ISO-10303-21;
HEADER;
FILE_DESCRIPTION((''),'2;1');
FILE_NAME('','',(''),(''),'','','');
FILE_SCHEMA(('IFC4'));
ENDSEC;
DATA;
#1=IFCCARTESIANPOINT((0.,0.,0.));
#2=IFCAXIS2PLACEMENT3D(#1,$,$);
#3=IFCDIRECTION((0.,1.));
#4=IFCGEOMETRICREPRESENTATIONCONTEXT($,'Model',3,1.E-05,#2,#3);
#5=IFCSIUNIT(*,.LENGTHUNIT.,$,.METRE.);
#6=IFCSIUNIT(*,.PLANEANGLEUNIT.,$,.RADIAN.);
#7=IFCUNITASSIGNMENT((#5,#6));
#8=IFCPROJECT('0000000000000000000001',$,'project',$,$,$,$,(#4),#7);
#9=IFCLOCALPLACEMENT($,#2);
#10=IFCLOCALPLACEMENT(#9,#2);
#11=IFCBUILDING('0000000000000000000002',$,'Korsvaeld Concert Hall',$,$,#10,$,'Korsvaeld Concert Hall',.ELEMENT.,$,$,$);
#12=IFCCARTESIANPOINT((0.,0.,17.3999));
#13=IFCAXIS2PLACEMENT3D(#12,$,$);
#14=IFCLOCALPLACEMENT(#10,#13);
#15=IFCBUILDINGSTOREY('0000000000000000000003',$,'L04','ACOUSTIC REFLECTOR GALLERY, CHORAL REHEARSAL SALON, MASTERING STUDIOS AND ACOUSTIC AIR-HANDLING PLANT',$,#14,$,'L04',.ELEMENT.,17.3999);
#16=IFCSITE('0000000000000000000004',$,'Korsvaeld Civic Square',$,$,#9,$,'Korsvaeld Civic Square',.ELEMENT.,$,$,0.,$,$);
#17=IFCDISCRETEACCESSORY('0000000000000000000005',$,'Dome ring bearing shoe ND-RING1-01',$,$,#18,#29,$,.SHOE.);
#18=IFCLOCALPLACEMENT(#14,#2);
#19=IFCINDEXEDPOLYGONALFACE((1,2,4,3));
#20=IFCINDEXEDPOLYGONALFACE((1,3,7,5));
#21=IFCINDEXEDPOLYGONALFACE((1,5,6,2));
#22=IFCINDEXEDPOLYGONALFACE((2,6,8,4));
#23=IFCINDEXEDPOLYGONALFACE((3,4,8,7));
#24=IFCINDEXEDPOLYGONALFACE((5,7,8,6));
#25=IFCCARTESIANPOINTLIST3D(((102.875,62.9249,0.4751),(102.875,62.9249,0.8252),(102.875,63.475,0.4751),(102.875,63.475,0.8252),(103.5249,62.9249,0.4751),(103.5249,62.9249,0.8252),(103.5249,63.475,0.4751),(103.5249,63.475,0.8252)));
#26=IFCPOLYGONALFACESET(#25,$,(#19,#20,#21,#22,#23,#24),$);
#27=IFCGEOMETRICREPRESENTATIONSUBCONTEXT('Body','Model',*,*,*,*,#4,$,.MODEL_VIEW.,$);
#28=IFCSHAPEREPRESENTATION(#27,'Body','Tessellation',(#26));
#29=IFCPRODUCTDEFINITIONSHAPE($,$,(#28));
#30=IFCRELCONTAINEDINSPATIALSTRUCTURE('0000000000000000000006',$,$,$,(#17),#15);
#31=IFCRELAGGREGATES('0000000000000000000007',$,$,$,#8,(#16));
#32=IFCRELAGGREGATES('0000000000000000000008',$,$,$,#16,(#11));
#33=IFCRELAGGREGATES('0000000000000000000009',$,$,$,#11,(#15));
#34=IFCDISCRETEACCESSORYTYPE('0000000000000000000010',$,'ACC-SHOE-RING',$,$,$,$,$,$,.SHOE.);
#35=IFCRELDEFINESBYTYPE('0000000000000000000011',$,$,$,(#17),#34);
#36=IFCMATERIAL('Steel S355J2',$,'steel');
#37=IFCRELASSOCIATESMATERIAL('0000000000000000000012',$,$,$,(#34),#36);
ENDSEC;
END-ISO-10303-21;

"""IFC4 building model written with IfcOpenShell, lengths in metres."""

from ifc_helpers import new_model, si_unit, direction, frame, origin, origin_2d, place, context, subcontext, project, spatial, rectangle, extrude, material, type_object, element, save


model = new_model("IFC4")

# Units and contexts
model_context = context("Model", 3, precision=1e-05, world=origin(), true_north=direction((0.0, 1.0)))
body_context = subcontext(model_context, "Body", "Model", "MODEL_VIEW")
ifc_project = project(units=[si_unit("LENGTHUNIT", "METRE"), si_unit("PLANEANGLEUNIT", "RADIAN")], contexts=[model_context])

# Site, building, storey
site_placement = place(None, origin())
site = spatial("IfcSite", under=ifc_project, at=site_placement, Name="Korsvaeld Civic Square", LongName="Korsvaeld Civic Square", CompositionType="ELEMENT", RefElevation=0.0)
building_placement = place(site_placement, origin())
building = spatial("IfcBuilding", under=site, at=building_placement, Name="Korsvaeld Concert Hall", LongName="Korsvaeld Concert Hall", CompositionType="ELEMENT")
storey_placement = place(building_placement, frame((0.0, 0.0, 17.3999)))
storey = spatial("IfcBuildingStorey", under=building, at=storey_placement, Name="L04", Description="ACOUSTIC REFLECTOR GALLERY, CHORAL REHEARSAL SALON, MASTERING STUDIOS AND ACOUSTIC AIR-HANDLING PLANT", LongName="L04", CompositionType="ELEMENT", Elevation=17.3999)

# Shared definitions
ifc_material_1 = material(Name="Steel S355J2", Category="steel")

# Discrete accessory
discrete_accessory_type = type_object("IfcDiscreteAccessoryType", Name="ACC-SHOE-RING", PredefinedType="SHOE", material=ifc_material_1)
discrete_accessory_placement = place(storey_placement, frame((103.2, 63.2, 0.4751), z_axis=(0.0, 0.0, 1.0), x_axis=(1.0, 0.0, 0.0)))
element("IfcDiscreteAccessory", 1, at=discrete_accessory_placement, inside=storey, type_object=discrete_accessory_type, Name="Dome ring bearing shoe ND-RING1-01", PredefinedType="SHOE", context=body_context, shape_type="SweptSolid", body=[
    extrude(rectangle(XDim=0.6499, YDim=0.55, at=origin_2d()), origin(), (0.0, 0.0, 1.0), 0.3501),
])

save(model, "model.ifc")
